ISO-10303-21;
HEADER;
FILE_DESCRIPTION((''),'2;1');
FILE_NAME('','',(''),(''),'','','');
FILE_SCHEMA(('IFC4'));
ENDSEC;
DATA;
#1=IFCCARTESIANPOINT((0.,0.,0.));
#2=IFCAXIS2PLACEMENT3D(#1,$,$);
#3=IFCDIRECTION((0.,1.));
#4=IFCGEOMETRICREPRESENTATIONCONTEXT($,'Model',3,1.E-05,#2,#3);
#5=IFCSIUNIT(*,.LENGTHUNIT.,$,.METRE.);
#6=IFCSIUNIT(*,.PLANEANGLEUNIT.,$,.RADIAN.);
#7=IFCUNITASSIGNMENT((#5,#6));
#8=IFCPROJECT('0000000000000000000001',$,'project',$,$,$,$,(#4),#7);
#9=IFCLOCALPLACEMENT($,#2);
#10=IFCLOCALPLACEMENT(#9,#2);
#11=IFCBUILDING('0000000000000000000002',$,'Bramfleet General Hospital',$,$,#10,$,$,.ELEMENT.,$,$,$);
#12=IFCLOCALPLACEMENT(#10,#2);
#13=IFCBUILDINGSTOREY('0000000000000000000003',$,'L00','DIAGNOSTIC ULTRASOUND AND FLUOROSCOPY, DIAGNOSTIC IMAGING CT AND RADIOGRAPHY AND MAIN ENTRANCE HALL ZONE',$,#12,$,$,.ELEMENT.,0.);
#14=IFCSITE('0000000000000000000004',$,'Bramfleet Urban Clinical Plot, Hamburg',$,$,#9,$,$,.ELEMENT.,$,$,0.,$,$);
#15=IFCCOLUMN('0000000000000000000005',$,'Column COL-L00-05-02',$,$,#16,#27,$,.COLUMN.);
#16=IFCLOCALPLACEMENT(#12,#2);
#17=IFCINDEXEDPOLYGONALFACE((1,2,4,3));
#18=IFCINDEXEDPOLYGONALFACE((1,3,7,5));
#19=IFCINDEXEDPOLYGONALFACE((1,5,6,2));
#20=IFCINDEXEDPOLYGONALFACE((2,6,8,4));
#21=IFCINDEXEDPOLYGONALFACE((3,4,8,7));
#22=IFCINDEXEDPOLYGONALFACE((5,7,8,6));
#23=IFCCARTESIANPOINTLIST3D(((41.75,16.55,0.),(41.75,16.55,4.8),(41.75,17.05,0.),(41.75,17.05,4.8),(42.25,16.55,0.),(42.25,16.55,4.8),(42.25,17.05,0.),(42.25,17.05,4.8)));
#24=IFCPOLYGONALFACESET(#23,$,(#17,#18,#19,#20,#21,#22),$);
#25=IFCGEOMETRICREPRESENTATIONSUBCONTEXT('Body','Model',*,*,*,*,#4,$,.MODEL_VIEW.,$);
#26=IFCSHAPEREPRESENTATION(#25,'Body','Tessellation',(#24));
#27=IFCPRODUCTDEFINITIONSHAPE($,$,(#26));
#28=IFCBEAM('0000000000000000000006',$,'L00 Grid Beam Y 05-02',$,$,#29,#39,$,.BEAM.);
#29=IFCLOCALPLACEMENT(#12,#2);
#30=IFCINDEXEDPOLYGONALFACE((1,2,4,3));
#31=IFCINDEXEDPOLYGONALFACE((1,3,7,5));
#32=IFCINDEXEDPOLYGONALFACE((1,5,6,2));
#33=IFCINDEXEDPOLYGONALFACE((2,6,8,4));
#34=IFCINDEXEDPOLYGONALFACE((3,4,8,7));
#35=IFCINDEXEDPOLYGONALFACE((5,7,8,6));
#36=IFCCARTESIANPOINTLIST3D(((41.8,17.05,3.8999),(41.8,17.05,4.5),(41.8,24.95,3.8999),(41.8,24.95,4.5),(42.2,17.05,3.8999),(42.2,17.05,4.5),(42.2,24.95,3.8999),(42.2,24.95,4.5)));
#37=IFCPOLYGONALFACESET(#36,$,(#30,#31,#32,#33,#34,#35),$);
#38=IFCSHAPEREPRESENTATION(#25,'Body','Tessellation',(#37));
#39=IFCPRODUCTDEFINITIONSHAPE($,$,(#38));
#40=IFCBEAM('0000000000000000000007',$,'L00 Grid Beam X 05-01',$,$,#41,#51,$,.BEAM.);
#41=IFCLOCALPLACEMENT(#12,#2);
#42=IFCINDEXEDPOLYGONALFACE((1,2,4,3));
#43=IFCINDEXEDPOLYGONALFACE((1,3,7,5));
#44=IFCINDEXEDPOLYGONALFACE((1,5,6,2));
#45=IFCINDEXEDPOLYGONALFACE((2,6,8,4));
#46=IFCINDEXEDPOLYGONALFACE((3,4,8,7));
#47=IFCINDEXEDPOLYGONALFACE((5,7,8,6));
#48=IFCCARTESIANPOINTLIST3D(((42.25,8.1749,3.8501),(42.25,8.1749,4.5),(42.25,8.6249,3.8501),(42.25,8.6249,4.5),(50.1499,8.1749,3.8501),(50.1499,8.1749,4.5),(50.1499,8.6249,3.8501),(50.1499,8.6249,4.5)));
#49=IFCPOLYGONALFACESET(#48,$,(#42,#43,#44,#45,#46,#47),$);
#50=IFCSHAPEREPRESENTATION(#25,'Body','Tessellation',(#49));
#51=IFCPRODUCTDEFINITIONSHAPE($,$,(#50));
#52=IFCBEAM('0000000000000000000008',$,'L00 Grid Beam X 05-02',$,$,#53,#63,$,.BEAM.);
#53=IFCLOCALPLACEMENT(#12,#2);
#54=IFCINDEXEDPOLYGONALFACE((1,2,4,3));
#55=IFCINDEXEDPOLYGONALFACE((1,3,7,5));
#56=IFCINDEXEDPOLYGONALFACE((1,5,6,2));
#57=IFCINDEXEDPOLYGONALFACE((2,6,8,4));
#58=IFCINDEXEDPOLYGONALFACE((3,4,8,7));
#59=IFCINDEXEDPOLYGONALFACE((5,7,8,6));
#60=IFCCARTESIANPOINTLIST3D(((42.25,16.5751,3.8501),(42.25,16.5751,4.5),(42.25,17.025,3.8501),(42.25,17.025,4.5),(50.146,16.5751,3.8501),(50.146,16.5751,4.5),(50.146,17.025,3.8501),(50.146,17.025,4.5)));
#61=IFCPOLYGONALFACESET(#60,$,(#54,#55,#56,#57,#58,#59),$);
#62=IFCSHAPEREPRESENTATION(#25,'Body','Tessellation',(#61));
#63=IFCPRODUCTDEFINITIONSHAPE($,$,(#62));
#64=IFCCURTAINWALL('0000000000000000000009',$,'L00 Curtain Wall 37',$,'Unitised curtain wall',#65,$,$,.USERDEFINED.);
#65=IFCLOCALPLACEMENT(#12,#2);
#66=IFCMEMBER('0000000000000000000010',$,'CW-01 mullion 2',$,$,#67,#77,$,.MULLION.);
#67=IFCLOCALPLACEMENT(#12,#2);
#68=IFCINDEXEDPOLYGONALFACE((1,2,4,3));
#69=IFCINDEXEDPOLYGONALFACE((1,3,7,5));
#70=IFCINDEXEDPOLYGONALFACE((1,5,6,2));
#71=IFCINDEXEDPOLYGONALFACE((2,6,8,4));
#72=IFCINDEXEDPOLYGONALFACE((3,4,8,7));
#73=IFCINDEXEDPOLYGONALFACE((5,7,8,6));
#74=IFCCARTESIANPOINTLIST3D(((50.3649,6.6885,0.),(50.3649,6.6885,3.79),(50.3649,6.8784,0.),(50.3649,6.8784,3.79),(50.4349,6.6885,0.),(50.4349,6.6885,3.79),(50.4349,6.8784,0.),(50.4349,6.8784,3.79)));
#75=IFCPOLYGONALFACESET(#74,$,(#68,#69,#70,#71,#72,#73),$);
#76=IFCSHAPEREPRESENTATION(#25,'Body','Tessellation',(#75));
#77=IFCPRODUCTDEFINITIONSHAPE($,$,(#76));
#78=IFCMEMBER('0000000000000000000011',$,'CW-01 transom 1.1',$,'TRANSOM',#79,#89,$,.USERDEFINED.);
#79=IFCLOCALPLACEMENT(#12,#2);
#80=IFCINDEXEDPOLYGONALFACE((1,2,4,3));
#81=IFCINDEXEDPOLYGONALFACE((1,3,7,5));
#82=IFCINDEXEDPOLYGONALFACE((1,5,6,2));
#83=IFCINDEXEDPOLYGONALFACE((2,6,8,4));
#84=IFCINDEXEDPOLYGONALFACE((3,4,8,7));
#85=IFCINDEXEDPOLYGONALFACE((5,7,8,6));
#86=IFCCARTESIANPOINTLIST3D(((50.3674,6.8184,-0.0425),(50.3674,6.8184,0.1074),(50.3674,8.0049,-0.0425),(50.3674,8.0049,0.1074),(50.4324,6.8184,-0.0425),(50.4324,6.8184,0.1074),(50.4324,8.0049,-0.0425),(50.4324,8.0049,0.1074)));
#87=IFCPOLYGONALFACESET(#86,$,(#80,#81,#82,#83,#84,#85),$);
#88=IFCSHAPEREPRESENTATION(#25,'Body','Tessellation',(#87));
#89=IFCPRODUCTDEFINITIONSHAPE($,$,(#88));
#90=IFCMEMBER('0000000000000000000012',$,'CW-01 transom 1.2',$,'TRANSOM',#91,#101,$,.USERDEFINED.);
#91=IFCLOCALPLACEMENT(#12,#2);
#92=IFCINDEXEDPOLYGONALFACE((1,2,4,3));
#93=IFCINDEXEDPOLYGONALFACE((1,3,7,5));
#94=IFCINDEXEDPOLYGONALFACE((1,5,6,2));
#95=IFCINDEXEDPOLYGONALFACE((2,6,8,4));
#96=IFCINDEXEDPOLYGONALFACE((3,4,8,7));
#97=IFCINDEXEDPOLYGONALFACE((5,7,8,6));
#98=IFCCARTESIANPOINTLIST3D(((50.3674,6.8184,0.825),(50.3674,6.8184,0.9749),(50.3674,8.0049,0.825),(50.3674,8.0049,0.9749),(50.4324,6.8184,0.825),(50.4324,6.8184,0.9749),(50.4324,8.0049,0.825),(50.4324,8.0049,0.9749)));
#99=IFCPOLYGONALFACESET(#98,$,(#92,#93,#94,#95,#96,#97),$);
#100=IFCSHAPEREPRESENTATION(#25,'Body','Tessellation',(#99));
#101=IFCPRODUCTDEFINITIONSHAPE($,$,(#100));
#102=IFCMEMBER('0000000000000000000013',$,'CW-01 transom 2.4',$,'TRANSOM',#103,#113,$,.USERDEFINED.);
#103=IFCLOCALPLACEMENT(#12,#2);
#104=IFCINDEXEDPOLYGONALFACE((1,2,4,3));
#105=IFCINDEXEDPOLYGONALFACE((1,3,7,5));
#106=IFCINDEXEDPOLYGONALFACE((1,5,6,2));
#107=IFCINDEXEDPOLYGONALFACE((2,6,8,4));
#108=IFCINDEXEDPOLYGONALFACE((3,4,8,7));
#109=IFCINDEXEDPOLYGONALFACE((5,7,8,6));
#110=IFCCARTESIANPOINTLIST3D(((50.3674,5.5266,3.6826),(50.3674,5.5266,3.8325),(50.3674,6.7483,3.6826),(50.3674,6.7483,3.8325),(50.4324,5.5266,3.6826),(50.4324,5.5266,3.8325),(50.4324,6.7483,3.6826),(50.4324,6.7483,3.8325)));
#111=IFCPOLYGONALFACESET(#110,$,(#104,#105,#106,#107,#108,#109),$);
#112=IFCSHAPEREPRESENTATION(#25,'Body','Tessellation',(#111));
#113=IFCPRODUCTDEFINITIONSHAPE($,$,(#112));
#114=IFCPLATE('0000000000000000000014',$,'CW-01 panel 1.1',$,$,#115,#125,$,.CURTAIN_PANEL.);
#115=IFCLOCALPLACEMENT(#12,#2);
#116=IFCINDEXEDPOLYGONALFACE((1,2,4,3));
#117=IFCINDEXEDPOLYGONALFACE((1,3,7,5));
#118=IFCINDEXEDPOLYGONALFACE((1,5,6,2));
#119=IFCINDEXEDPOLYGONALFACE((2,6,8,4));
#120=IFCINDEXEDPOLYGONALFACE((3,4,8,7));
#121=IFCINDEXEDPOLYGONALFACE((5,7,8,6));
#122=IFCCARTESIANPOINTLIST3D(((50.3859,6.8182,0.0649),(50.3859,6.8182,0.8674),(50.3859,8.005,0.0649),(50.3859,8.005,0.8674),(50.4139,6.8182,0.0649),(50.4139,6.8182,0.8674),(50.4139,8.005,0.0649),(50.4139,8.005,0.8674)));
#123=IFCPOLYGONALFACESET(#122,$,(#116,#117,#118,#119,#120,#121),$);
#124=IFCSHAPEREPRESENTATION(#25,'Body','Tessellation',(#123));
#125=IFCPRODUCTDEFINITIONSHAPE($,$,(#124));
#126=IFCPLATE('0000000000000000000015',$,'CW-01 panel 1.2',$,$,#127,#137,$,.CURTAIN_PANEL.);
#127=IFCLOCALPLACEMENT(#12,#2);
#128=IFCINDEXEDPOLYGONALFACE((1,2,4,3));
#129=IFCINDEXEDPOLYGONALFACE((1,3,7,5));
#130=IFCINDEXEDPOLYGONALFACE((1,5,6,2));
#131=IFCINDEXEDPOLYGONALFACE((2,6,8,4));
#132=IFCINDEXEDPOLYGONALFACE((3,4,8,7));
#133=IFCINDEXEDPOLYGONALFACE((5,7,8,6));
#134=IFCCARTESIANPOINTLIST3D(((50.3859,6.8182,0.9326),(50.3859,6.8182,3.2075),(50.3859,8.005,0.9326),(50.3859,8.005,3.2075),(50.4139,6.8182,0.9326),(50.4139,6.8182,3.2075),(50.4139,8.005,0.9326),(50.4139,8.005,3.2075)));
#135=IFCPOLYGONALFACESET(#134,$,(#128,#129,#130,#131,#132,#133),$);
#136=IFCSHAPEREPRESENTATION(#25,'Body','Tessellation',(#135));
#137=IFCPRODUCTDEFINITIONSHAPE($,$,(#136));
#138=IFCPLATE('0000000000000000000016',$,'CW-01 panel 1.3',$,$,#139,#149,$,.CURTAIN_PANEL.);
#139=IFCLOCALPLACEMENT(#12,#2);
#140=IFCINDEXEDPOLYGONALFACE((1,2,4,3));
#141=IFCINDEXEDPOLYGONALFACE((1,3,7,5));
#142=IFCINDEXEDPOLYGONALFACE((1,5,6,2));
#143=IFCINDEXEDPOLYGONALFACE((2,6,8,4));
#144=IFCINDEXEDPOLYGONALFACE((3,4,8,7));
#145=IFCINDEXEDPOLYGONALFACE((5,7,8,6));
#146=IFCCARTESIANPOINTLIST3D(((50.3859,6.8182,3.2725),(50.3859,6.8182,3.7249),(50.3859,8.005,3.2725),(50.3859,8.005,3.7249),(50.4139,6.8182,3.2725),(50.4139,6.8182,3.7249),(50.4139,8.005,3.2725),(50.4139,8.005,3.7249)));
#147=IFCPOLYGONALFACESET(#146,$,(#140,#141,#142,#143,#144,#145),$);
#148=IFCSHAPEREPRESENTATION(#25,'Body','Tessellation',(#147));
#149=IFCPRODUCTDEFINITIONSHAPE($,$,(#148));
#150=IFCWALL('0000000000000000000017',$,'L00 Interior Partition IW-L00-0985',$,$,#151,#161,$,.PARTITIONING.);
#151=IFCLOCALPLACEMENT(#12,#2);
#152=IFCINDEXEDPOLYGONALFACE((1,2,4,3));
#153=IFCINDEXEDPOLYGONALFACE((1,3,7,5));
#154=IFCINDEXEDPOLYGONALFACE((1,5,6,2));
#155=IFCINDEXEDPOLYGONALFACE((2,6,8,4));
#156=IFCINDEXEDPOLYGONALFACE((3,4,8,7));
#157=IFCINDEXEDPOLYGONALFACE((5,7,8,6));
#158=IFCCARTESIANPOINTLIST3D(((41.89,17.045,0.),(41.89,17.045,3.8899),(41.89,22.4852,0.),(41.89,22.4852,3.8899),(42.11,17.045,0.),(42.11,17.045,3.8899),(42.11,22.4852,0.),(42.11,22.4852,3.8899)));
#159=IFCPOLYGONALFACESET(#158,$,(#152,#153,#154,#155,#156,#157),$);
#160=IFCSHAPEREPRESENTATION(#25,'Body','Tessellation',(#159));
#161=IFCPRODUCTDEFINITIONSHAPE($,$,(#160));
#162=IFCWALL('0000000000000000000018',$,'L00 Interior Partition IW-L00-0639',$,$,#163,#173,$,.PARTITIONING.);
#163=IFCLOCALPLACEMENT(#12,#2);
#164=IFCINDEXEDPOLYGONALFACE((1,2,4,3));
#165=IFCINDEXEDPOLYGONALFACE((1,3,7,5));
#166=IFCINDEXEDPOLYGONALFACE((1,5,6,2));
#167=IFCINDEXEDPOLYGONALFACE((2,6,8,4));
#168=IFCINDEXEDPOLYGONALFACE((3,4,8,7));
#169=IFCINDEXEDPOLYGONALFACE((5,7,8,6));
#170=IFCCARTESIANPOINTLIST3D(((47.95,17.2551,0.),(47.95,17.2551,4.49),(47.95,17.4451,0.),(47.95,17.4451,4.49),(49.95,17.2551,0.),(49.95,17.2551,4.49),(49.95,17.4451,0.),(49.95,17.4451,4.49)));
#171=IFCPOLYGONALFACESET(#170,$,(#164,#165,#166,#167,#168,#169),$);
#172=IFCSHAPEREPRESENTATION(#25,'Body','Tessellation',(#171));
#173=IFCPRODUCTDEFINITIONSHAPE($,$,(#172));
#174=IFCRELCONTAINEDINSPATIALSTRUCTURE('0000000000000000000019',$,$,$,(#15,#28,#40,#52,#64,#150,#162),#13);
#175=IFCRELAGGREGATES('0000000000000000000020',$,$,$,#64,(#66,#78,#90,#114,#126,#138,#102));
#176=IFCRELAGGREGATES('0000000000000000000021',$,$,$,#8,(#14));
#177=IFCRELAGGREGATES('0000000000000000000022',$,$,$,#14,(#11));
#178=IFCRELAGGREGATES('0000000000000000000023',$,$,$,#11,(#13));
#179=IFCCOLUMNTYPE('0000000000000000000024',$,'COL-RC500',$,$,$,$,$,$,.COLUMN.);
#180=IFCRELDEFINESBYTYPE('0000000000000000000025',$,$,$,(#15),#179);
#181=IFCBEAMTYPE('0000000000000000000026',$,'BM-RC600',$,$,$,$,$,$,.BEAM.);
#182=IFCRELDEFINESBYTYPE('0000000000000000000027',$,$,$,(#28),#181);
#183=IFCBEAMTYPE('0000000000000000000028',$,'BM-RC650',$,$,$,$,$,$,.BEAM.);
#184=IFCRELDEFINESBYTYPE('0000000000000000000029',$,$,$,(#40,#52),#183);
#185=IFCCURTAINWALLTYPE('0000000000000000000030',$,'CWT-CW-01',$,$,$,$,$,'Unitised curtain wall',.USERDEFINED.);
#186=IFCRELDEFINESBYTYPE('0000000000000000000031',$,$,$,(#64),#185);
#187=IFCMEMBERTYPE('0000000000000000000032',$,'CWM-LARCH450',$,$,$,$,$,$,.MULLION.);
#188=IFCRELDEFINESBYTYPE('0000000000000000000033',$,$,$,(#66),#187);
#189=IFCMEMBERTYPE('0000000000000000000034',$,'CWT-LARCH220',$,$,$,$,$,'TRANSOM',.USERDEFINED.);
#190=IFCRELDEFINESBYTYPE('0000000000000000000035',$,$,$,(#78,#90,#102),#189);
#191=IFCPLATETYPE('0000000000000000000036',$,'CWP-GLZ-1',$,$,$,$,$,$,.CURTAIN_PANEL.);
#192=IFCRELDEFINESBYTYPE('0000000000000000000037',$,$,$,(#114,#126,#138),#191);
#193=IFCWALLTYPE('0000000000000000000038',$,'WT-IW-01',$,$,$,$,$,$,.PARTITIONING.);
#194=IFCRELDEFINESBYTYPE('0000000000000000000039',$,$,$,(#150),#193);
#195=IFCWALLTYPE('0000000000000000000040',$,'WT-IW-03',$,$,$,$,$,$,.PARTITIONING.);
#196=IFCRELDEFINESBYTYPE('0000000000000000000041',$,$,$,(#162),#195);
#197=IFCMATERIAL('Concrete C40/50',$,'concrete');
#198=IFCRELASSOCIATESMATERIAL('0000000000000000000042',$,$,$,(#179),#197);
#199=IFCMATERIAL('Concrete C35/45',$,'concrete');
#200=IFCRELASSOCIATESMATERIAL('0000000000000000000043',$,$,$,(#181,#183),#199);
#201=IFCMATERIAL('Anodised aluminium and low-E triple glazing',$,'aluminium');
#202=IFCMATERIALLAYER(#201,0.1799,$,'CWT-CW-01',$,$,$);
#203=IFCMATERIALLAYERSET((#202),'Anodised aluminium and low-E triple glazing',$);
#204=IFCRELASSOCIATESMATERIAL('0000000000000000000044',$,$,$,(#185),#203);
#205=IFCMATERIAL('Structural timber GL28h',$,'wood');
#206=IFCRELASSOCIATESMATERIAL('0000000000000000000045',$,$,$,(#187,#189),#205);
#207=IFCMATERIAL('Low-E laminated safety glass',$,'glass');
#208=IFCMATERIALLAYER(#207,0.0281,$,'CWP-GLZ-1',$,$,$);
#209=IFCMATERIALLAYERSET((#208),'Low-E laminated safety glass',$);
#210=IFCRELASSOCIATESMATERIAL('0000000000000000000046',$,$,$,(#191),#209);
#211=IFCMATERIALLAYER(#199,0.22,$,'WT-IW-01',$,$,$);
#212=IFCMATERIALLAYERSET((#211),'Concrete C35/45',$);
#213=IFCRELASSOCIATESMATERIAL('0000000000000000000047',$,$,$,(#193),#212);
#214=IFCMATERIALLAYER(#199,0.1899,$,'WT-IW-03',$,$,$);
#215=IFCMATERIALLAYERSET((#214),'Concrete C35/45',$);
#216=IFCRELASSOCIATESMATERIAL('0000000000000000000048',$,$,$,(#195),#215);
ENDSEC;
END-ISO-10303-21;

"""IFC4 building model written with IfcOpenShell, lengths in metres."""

from ifc_helpers import new_model, si_unit, direction, frame, frame_2d, origin, origin_2d, place, context, subcontext, project, spatial, rectangle, extrude, material, layer, layer_set, material_profile, profile_set, type_object, element, aggregate, save


model = new_model("IFC4")

# Units and contexts
model_context = context("Model", 3, precision=1e-05, world=origin(), true_north=direction((0.0, 1.0)))
body_context = subcontext(model_context, "Body", "Model", "MODEL_VIEW")
ifc_project = project(units=[si_unit("LENGTHUNIT", "METRE"), si_unit("PLANEANGLEUNIT", "RADIAN")], contexts=[model_context])

# Site, building, storey
site_placement = place(None, origin())
site = spatial("IfcSite", under=ifc_project, at=site_placement, Name="Bramfleet Urban Clinical Plot, Hamburg", CompositionType="ELEMENT", RefElevation=0.0)
building_placement = place(site_placement, origin())
building = spatial("IfcBuilding", under=site, at=building_placement, Name="Bramfleet General Hospital", CompositionType="ELEMENT")
storey_placement = place(building_placement, origin())
storey = spatial("IfcBuildingStorey", under=building, at=storey_placement, Name="L00", Description="DIAGNOSTIC ULTRASOUND AND FLUOROSCOPY, DIAGNOSTIC IMAGING CT AND RADIOGRAPHY AND MAIN ENTRANCE HALL ZONE", CompositionType="ELEMENT", Elevation=0.0)

# Column
ifc_material_1 = material(Name="Concrete C40/50", Category="concrete")
ifc_material_profile_1 = material_profile(ifc_material_1, rectangle(XDim=0.5, YDim=0.5, at=origin_2d()), Name="RC COL 500x500")
ifc_profile_set_1 = profile_set([ifc_material_profile_1], Name="Concrete C40/50")
column_type = type_object("IfcColumnType", Name="COL-RC500", PredefinedType="COLUMN", material=ifc_profile_set_1)
column_placement = place(storey_placement, frame((42.0, 16.8, 0.0), z_axis=(0.0, 0.0, 1.0), x_axis=(1.0, 0.0, 0.0)))
element("IfcColumn", 1, at=column_placement, inside=storey, type_object=column_type, Name="Column COL-L00-05-02", PredefinedType="COLUMN", context=body_context, shape_type="SweptSolid", body=[
    extrude(rectangle(XDim=0.5, YDim=0.5, at=origin_2d()), origin(), (0.0, 0.0, 1.0), 4.8),
])

# Beams
ifc_material_2 = material(Name="Concrete C35/45", Category="concrete")
ifc_material_profile_2 = material_profile(ifc_material_2, rectangle(XDim=0.3999, YDim=0.6001, at=origin_2d()), Name="RC BM 600x400")
ifc_profile_set_2 = profile_set([ifc_material_profile_2], Name="Concrete C35/45")
beam_type_1 = type_object("IfcBeamType", Name="BM-RC600", PredefinedType="BEAM", material=ifc_profile_set_2)
beam_1_placement = place(storey_placement, frame((42.0, 17.05, 4.2), z_axis=(0.0, 1.0, 0.0), x_axis=(-1.0, 0.0, 0.0)))
element("IfcBeam", 2, at=beam_1_placement, inside=storey, type_object=beam_type_1, Name="L00 Grid Beam Y 05-02", PredefinedType="BEAM", context=body_context, shape_type="SweptSolid", body=[
    extrude(rectangle(XDim=0.3999, YDim=0.6001, at=origin_2d()), origin(), (0.0, 0.0, 1.0), 7.8999),
])
ifc_material_profile_3 = material_profile(ifc_material_2, rectangle(XDim=0.45, YDim=0.6499, at=origin_2d()), Name="RC BM 650x450")
ifc_profile_set_3 = profile_set([ifc_material_profile_3], Name="Concrete C35/45")
beam_type_2 = type_object("IfcBeamType", Name="BM-RC650", PredefinedType="BEAM", material=ifc_profile_set_3)
beam_2_placement = place(storey_placement, frame((42.25, 8.3999, 4.175), z_axis=(1.0, 0.0, 0.0), x_axis=(0.0, 1.0, 0.0)))
element("IfcBeam", 3, at=beam_2_placement, inside=storey, type_object=beam_type_2, Name="L00 Grid Beam X 05-01", PredefinedType="BEAM", context=body_context, shape_type="SweptSolid", body=[
    extrude(rectangle(XDim=0.45, YDim=0.6499, at=origin_2d()), origin(), (0.0, 0.0, 1.0), 7.8999),
])
beam_3_placement = place(storey_placement, frame((42.25, 16.8, 4.175), z_axis=(1.0, 0.0, 0.0), x_axis=(0.0, 1.0, 0.0)))
element("IfcBeam", 4, at=beam_3_placement, inside=storey, type_object=beam_type_2, Name="L00 Grid Beam X 05-02", PredefinedType="BEAM", context=body_context, shape_type="SweptSolid", body=[
    extrude(rectangle(XDim=0.45, YDim=0.6499, at=origin_2d()), origin(), (0.0, 0.0, 1.0), 7.896),
])

# Curtain wall, members, plates
ifc_material_3 = material(Name="Anodised aluminium and low-E triple glazing", Category="aluminium")
ifc_layer_1 = layer(ifc_material_3, 0.1799, Name="CWT-CW-01")
ifc_layer_set_1 = layer_set([ifc_layer_1], Name="Anodised aluminium and low-E triple glazing")
curtain_wall_type = type_object("IfcCurtainWallType", Name="CWT-CW-01", ElementType="Unitised curtain wall", PredefinedType="USERDEFINED", material=ifc_layer_set_1)
curtain_wall_placement = place(storey_placement, origin())
curtain_wall = element("IfcCurtainWall", 5, at=curtain_wall_placement, inside=storey, type_object=curtain_wall_type, Name="L00 Curtain Wall 37", ObjectType="Unitised curtain wall", PredefinedType="USERDEFINED")
ifc_material_4 = material(Name="Structural timber GL28h", Category="wood")
ifc_material_profile_4 = material_profile(ifc_material_4, rectangle(XDim=0.0701, YDim=0.1899, at=origin_2d()), Name="LARCH 190x70")
ifc_profile_set_4 = profile_set([ifc_material_profile_4], Name="Structural timber GL28h")
member_type_1 = type_object("IfcMemberType", Name="CWM-LARCH450", PredefinedType="MULLION", material=ifc_profile_set_4)
member_1_placement = place(storey_placement, frame((50.3999, 6.7834, 0.0), z_axis=(0.0, 0.0, 1.0), x_axis=(1.0, 0.0, 0.0)))
member_1 = element("IfcMember", 6, at=member_1_placement, type_object=member_type_1, Name="CW-01 mullion 2", PredefinedType="MULLION", context=body_context, shape_type="SweptSolid", body=[
    extrude(rectangle(XDim=0.0701, YDim=0.1899, at=origin_2d()), origin(), (0.0, 0.0, 1.0), 3.79),
])
ifc_material_profile_5 = material_profile(ifc_material_4, rectangle(XDim=0.0649, YDim=0.1499, at=origin_2d()), Name="LARCH 150x65")
ifc_profile_set_5 = profile_set([ifc_material_profile_5], Name="Structural timber GL28h")
member_type_2 = type_object("IfcMemberType", Name="CWT-LARCH220", ElementType="TRANSOM", PredefinedType="USERDEFINED", material=ifc_profile_set_5)
member_2_placement = place(storey_placement, frame((50.3999, 8.0049, 0.0325), z_axis=(0.0, -1.0, 0.0), x_axis=(1.0, 0.0, 0.0)))
member_2 = element("IfcMember", 7, at=member_2_placement, type_object=member_type_2, Name="CW-01 transom 1.1", ObjectType="TRANSOM", PredefinedType="USERDEFINED", context=body_context, shape_type="SweptSolid", body=[
    extrude(rectangle(XDim=0.0649, YDim=0.1499, at=origin_2d()), origin(), (0.0, 0.0, 1.0), 1.1865),
])
member_3_placement = place(storey_placement, frame((50.3999, 8.0049, 0.8999), z_axis=(0.0, -1.0, 0.0), x_axis=(1.0, 0.0, 0.0)))
member_3 = element("IfcMember", 8, at=member_3_placement, type_object=member_type_2, Name="CW-01 transom 1.2", ObjectType="TRANSOM", PredefinedType="USERDEFINED", context=body_context, shape_type="SweptSolid", body=[
    extrude(rectangle(XDim=0.0649, YDim=0.1499, at=origin_2d()), origin(), (0.0, 0.0, 1.0), 1.1865),
])
member_4_placement = place(storey_placement, frame((50.3999, 6.7483, 3.7576), z_axis=(0.0, -1.0, 0.0), x_axis=(1.0, 0.0, 0.0)))
member_4 = element("IfcMember", 9, at=member_4_placement, type_object=member_type_2, Name="CW-01 transom 2.4", ObjectType="TRANSOM", PredefinedType="USERDEFINED", context=body_context, shape_type="SweptSolid", body=[
    extrude(rectangle(XDim=0.0649, YDim=0.1499, at=origin_2d()), origin(), (0.0, 0.0, 1.0), 1.2217),
])
ifc_material_5 = material(Name="Low-E laminated safety glass", Category="glass")
ifc_layer_2 = layer(ifc_material_5, 0.0281, Name="CWP-GLZ-1")
ifc_layer_set_2 = layer_set([ifc_layer_2], Name="Low-E laminated safety glass")
plate_type = type_object("IfcPlateType", Name="CWP-GLZ-1", PredefinedType="CURTAIN_PANEL", material=ifc_layer_set_2)
plate_1_placement = place(storey_placement, frame((50.3999, 7.4116, 0.0649), z_axis=(0.0, 0.0, 1.0), x_axis=(0.0, -1.0, 0.0)))
plate_1 = element("IfcPlate", 10, at=plate_1_placement, type_object=plate_type, Name="CW-01 panel 1.1", PredefinedType="CURTAIN_PANEL", context=body_context, shape_type="SweptSolid", body=[
    extrude(rectangle(XDim=1.1868, YDim=0.0281, at=origin_2d()), origin(), (0.0, 0.0, 1.0), 0.8025),
])
plate_2_placement = place(storey_placement, frame((50.3999, 7.4116, 0.9326), z_axis=(0.0, 0.0, 1.0), x_axis=(0.0, -1.0, 0.0)))
plate_2 = element("IfcPlate", 11, at=plate_2_placement, type_object=plate_type, Name="CW-01 panel 1.2", PredefinedType="CURTAIN_PANEL", context=body_context, shape_type="SweptSolid", body=[
    extrude(rectangle(XDim=1.1868, YDim=0.0281, at=origin_2d()), origin(), (0.0, 0.0, 1.0), 2.2749),
])
plate_3_placement = place(storey_placement, frame((50.3999, 7.4116, 3.2725), z_axis=(0.0, 0.0, 1.0), x_axis=(0.0, -1.0, 0.0)))
plate_3 = element("IfcPlate", 12, at=plate_3_placement, type_object=plate_type, Name="CW-01 panel 1.3", PredefinedType="CURTAIN_PANEL", context=body_context, shape_type="SweptSolid", body=[
    extrude(rectangle(XDim=1.1868, YDim=0.0281, at=origin_2d()), origin(), (0.0, 0.0, 1.0), 0.4524),
])
aggregate(curtain_wall, [member_1, member_2, member_3, plate_1, plate_2, plate_3, member_4])

# Walls
ifc_layer_3 = layer(ifc_material_2, 0.22, Name="WT-IW-01")
ifc_layer_set_3 = layer_set([ifc_layer_3], Name="Concrete C35/45")
wall_type_1 = type_object("IfcWallType", Name="WT-IW-01", PredefinedType="PARTITIONING", material=ifc_layer_set_3)
wall_1_placement = place(storey_placement, frame((42.0, 17.0449, 0.0), z_axis=(0.0, 0.0, 1.0), x_axis=(0.0, 1.0, 0.0)))
element("IfcWall", 13, at=wall_1_placement, inside=storey, type_object=wall_type_1, Name="L00 Interior Partition IW-L00-0985", PredefinedType="PARTITIONING", context=body_context, shape_type="SweptSolid", body=[
    extrude(rectangle(XDim=5.4402, YDim=0.22, at=frame_2d((2.7202, 0.0))), origin(), (0.0, 0.0, 1.0), 3.8899),
])
ifc_layer_4 = layer(ifc_material_2, 0.1899, Name="WT-IW-03")
ifc_layer_set_4 = layer_set([ifc_layer_4], Name="Concrete C35/45")
wall_type_2 = type_object("IfcWallType", Name="WT-IW-03", PredefinedType="PARTITIONING", material=ifc_layer_set_4)
wall_2_placement = place(storey_placement, frame((47.95, 17.3501, 0.0), z_axis=(0.0, 0.0, 1.0), x_axis=(1.0, 0.0, 0.0)))
element("IfcWall", 14, at=wall_2_placement, inside=storey, type_object=wall_type_2, Name="L00 Interior Partition IW-L00-0639", PredefinedType="PARTITIONING", context=body_context, shape_type="SweptSolid", body=[
    extrude(rectangle(XDim=2.0, YDim=0.1899, at=frame_2d((1.0, 0.0))), origin(), (0.0, 0.0, 1.0), 4.49),
])

save(model, "model.ifc")
